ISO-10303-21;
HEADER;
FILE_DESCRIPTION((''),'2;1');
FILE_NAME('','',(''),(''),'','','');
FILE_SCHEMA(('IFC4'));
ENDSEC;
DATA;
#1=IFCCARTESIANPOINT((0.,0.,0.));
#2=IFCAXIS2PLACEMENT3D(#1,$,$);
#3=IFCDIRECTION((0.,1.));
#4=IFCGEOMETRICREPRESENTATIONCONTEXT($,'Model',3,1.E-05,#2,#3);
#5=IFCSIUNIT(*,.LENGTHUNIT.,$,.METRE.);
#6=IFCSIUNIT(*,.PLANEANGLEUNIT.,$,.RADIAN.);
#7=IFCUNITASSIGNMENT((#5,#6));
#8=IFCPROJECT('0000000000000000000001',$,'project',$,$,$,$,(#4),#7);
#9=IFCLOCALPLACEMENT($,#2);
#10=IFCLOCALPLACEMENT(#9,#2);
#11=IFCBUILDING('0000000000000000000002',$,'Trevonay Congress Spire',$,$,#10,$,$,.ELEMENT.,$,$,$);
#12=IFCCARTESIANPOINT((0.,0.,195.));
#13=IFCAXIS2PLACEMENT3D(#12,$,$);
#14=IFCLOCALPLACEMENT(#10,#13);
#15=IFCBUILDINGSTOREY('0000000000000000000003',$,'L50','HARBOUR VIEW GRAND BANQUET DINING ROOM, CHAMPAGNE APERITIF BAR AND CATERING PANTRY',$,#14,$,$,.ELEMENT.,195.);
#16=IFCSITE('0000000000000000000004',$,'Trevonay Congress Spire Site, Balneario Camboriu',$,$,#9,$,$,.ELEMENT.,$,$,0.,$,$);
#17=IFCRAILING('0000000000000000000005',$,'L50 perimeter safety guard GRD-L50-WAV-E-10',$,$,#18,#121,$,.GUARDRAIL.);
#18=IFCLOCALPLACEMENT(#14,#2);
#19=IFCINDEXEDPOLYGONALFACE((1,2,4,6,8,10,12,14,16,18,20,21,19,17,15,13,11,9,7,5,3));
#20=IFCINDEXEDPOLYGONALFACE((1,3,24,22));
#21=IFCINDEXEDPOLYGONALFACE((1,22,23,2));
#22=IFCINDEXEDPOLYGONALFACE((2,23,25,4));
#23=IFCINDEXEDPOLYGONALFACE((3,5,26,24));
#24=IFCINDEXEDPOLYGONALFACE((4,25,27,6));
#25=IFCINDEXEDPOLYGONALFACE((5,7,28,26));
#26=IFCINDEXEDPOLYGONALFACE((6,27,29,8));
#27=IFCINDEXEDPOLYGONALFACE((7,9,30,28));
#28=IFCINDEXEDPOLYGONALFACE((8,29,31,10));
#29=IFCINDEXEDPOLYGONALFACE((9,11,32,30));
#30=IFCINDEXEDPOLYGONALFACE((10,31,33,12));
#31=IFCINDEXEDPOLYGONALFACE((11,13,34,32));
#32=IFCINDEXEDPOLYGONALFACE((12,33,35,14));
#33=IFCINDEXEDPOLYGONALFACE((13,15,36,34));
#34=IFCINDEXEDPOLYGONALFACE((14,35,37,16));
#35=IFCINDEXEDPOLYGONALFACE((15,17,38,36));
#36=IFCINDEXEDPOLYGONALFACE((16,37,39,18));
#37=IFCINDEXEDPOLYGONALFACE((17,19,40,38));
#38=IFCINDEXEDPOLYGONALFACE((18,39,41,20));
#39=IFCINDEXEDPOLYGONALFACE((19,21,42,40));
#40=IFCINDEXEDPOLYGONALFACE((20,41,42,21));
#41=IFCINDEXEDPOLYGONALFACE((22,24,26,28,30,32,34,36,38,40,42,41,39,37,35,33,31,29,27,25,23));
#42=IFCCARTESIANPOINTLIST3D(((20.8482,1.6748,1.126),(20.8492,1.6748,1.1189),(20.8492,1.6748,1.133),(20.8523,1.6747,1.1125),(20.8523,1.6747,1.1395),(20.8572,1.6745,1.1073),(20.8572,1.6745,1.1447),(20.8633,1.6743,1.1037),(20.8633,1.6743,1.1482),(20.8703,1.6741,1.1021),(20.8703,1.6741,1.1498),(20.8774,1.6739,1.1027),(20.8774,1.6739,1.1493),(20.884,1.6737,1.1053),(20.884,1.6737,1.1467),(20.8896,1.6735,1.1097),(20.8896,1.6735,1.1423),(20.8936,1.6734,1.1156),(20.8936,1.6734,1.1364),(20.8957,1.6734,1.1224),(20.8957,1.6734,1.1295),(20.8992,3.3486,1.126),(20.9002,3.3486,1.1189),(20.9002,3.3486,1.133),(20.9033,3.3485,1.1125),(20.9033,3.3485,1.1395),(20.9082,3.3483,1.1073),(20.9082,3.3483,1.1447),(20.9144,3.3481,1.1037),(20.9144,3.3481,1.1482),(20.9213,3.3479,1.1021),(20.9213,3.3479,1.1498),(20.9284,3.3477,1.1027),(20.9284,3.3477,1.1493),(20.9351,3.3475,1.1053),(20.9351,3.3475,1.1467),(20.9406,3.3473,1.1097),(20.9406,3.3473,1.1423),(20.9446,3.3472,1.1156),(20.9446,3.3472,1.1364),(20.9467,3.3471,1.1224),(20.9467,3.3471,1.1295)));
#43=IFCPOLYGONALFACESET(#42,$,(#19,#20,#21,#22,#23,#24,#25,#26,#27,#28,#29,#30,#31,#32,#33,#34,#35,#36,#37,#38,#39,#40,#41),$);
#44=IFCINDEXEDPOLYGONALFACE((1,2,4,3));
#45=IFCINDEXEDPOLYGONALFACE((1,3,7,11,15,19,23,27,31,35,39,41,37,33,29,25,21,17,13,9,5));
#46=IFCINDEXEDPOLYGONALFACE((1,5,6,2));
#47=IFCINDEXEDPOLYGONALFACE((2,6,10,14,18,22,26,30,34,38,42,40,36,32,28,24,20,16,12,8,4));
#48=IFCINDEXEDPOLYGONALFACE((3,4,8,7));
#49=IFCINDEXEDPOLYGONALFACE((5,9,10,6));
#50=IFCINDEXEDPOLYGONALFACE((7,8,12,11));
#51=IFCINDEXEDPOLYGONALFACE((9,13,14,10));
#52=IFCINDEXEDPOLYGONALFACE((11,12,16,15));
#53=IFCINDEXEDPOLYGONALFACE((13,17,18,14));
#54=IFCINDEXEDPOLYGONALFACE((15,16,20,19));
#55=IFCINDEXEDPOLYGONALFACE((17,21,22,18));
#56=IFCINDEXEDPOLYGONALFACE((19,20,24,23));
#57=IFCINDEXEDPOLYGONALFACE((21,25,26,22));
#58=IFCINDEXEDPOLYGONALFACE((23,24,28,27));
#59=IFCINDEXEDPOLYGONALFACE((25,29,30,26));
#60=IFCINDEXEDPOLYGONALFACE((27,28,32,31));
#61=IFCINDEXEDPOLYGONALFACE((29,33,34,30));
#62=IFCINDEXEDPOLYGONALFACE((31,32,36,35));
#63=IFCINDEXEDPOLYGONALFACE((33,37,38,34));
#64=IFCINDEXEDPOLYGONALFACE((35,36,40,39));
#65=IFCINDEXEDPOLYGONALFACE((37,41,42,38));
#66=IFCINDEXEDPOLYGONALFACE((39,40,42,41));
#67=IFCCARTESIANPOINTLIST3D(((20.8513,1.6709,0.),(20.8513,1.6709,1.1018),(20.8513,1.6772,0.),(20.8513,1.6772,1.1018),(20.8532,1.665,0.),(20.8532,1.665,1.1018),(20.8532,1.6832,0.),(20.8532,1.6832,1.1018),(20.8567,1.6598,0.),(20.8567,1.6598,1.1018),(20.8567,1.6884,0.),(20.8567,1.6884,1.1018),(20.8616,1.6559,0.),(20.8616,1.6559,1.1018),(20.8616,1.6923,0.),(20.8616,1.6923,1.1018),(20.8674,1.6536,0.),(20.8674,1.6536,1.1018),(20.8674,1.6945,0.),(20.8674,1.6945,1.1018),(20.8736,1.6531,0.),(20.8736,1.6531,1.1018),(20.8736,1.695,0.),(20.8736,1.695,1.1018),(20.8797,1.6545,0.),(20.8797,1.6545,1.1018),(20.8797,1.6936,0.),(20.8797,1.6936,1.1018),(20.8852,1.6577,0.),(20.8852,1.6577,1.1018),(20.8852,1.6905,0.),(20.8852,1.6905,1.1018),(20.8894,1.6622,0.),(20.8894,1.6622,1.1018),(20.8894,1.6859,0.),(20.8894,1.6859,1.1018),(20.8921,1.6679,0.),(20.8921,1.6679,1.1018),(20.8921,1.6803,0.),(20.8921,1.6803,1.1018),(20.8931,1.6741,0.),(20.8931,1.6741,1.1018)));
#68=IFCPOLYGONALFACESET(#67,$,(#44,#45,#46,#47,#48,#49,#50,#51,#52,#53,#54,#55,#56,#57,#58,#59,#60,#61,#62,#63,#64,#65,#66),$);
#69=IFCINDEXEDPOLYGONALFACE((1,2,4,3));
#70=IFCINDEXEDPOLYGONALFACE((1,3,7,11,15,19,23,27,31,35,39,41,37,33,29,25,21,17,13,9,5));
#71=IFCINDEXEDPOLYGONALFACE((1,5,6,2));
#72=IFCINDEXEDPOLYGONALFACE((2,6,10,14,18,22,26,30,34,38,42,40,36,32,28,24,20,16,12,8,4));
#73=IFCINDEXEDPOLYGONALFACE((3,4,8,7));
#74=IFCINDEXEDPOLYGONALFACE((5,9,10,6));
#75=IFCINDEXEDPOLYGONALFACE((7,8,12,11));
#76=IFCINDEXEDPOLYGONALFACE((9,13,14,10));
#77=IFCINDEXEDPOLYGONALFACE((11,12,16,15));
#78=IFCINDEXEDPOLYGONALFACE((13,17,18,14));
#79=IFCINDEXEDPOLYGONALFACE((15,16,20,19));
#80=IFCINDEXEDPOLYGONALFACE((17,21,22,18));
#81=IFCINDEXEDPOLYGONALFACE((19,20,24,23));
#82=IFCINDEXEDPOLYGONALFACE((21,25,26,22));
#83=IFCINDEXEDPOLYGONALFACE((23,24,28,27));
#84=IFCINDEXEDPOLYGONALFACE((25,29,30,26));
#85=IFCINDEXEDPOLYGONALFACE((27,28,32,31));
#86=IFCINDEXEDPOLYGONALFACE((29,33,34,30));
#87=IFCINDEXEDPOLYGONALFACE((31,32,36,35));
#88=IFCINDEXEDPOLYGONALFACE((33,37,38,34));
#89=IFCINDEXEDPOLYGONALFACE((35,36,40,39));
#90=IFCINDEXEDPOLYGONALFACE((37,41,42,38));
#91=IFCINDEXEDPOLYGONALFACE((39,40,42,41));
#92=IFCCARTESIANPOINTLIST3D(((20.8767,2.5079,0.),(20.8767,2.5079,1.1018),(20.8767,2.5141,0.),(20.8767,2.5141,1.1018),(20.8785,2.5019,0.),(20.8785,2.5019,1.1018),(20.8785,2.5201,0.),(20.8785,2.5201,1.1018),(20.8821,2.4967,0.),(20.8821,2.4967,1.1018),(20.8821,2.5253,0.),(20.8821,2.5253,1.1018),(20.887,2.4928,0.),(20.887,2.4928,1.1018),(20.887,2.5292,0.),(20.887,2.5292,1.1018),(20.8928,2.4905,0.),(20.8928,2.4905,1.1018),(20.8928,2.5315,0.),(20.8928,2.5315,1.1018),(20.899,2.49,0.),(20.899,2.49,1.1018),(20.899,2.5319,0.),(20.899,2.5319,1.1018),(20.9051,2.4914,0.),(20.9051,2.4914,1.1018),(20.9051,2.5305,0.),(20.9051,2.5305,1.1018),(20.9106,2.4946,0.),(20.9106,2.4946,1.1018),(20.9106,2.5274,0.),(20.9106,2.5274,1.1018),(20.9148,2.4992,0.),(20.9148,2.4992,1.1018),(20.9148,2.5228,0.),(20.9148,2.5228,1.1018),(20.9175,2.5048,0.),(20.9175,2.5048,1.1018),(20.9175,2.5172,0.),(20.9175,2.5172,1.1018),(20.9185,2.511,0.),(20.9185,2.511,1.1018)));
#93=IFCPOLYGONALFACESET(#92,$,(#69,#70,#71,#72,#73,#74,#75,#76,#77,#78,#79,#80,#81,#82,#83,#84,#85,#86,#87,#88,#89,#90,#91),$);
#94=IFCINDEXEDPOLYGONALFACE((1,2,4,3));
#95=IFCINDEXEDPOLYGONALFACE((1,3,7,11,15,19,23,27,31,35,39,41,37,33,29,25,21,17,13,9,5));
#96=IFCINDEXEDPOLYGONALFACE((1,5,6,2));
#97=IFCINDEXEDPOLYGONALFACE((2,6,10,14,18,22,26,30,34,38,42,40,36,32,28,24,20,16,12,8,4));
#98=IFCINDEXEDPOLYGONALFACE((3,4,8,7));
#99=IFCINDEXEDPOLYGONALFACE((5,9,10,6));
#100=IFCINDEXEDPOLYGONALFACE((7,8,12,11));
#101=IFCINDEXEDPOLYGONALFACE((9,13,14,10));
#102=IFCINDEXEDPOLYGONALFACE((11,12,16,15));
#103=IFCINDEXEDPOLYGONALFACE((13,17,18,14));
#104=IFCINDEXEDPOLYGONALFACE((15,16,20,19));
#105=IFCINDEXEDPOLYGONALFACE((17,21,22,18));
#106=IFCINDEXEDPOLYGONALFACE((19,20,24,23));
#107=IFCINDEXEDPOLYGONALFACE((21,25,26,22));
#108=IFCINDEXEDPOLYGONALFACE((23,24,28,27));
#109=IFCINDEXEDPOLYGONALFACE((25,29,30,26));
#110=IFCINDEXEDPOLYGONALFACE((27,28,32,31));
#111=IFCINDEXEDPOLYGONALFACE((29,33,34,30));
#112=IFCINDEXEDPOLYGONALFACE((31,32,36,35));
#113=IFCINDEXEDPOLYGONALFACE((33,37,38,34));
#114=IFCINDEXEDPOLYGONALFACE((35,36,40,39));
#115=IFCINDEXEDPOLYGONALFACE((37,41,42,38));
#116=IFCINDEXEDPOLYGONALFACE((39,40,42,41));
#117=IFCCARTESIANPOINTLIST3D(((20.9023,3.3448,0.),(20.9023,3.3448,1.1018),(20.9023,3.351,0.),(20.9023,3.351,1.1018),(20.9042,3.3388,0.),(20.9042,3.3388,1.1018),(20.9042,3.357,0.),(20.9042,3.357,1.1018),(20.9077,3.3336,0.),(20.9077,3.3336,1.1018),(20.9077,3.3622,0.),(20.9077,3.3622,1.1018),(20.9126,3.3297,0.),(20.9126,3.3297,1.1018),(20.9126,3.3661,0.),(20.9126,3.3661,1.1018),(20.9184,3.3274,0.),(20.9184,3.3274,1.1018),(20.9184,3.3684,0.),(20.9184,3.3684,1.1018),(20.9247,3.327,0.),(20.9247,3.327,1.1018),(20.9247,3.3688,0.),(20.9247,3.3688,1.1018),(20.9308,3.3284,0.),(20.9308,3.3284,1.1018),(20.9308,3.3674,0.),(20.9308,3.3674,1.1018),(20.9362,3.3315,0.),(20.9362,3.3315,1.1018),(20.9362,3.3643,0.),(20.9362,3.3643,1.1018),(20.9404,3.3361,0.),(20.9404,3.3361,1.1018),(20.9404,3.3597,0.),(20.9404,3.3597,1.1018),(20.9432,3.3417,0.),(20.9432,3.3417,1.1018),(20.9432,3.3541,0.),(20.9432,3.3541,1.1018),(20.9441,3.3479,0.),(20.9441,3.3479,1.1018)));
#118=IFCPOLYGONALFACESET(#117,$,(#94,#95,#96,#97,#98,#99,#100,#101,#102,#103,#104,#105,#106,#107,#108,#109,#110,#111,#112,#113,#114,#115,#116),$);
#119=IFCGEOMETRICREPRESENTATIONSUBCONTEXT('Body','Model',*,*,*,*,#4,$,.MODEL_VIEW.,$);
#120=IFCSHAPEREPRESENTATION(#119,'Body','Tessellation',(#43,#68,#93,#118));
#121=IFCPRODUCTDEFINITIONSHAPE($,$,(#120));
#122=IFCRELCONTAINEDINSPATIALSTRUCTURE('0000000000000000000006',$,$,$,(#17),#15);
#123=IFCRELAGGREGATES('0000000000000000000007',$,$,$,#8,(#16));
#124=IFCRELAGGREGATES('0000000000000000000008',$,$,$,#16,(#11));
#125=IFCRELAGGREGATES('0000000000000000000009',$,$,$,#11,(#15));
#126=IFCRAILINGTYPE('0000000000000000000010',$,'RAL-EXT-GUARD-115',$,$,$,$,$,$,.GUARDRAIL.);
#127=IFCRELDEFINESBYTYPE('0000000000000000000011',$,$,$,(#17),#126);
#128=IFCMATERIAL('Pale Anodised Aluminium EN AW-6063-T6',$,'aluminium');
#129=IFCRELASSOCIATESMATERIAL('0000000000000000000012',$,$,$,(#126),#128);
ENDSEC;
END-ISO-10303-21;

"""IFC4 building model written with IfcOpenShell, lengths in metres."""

from ifc_helpers import new_model, si_unit, direction, frame, origin, origin_2d, place, context, subcontext, project, spatial, circle, extrude, material, type_object, element, save


model = new_model("IFC4")

# Units and contexts
model_context = context("Model", 3, precision=1e-05, world=origin(), true_north=direction((0.0, 1.0)))
body_context = subcontext(model_context, "Body", "Model", "MODEL_VIEW")
ifc_project = project(units=[si_unit("LENGTHUNIT", "METRE"), si_unit("PLANEANGLEUNIT", "RADIAN")], contexts=[model_context])

# Site, building, storey
site_placement = place(None, origin())
site = spatial("IfcSite", under=ifc_project, at=site_placement, Name="Trevonay Congress Spire Site, Balneario Camboriu", CompositionType="ELEMENT", RefElevation=0.0)
building_placement = place(site_placement, origin())
building = spatial("IfcBuilding", under=site, at=building_placement, Name="Trevonay Congress Spire", CompositionType="ELEMENT")
storey_placement = place(building_placement, frame((0.0, 0.0, 195.0)))
storey = spatial("IfcBuildingStorey", under=building, at=storey_placement, Name="L50", Description="HARBOUR VIEW GRAND BANQUET DINING ROOM, CHAMPAGNE APERITIF BAR AND CATERING PANTRY", CompositionType="ELEMENT", Elevation=195.0)

# Shared definitions
ifc_material_1 = material(Name="Pale Anodised Aluminium EN AW-6063-T6", Category="aluminium")

# Railing
railing_type = type_object("IfcRailingType", Name="RAL-EXT-GUARD-115", PredefinedType="GUARDRAIL", material=ifc_material_1)
railing_1_placement = place(storey_placement, frame((20.8721, 1.6741, 0.0)))
element("IfcRailing", 1, at=railing_1_placement, inside=storey, type_object=railing_type, Name="L50 perimeter safety guard GRD-L50-WAV-E-10", PredefinedType="GUARDRAIL", context=body_context, shape_type="SweptSolid", body=[
    extrude(circle(Radius=0.0239, at=origin_2d()), frame((0.0, 0.0, 1.126), z_axis=(0.03047, 0.999536, 0.0), x_axis=(-0.999536, 0.03047, 0.0)), (0.0, 0.0, 1.0), 1.6746),
    extrude(circle(Radius=0.021, at=origin_2d()), origin(), (0.0, 0.0, 1.0), 1.1018),
    extrude(circle(Radius=0.021, at=origin_2d()), frame((0.0254, 0.8369, 0.0)), (0.0, 0.0, 1.0), 1.1018),
    extrude(circle(Radius=0.021, at=origin_2d()), frame((0.051, 1.6738, 0.0)), (0.0, 0.0, 1.0), 1.1018),
])

save(model, "model.ifc")
